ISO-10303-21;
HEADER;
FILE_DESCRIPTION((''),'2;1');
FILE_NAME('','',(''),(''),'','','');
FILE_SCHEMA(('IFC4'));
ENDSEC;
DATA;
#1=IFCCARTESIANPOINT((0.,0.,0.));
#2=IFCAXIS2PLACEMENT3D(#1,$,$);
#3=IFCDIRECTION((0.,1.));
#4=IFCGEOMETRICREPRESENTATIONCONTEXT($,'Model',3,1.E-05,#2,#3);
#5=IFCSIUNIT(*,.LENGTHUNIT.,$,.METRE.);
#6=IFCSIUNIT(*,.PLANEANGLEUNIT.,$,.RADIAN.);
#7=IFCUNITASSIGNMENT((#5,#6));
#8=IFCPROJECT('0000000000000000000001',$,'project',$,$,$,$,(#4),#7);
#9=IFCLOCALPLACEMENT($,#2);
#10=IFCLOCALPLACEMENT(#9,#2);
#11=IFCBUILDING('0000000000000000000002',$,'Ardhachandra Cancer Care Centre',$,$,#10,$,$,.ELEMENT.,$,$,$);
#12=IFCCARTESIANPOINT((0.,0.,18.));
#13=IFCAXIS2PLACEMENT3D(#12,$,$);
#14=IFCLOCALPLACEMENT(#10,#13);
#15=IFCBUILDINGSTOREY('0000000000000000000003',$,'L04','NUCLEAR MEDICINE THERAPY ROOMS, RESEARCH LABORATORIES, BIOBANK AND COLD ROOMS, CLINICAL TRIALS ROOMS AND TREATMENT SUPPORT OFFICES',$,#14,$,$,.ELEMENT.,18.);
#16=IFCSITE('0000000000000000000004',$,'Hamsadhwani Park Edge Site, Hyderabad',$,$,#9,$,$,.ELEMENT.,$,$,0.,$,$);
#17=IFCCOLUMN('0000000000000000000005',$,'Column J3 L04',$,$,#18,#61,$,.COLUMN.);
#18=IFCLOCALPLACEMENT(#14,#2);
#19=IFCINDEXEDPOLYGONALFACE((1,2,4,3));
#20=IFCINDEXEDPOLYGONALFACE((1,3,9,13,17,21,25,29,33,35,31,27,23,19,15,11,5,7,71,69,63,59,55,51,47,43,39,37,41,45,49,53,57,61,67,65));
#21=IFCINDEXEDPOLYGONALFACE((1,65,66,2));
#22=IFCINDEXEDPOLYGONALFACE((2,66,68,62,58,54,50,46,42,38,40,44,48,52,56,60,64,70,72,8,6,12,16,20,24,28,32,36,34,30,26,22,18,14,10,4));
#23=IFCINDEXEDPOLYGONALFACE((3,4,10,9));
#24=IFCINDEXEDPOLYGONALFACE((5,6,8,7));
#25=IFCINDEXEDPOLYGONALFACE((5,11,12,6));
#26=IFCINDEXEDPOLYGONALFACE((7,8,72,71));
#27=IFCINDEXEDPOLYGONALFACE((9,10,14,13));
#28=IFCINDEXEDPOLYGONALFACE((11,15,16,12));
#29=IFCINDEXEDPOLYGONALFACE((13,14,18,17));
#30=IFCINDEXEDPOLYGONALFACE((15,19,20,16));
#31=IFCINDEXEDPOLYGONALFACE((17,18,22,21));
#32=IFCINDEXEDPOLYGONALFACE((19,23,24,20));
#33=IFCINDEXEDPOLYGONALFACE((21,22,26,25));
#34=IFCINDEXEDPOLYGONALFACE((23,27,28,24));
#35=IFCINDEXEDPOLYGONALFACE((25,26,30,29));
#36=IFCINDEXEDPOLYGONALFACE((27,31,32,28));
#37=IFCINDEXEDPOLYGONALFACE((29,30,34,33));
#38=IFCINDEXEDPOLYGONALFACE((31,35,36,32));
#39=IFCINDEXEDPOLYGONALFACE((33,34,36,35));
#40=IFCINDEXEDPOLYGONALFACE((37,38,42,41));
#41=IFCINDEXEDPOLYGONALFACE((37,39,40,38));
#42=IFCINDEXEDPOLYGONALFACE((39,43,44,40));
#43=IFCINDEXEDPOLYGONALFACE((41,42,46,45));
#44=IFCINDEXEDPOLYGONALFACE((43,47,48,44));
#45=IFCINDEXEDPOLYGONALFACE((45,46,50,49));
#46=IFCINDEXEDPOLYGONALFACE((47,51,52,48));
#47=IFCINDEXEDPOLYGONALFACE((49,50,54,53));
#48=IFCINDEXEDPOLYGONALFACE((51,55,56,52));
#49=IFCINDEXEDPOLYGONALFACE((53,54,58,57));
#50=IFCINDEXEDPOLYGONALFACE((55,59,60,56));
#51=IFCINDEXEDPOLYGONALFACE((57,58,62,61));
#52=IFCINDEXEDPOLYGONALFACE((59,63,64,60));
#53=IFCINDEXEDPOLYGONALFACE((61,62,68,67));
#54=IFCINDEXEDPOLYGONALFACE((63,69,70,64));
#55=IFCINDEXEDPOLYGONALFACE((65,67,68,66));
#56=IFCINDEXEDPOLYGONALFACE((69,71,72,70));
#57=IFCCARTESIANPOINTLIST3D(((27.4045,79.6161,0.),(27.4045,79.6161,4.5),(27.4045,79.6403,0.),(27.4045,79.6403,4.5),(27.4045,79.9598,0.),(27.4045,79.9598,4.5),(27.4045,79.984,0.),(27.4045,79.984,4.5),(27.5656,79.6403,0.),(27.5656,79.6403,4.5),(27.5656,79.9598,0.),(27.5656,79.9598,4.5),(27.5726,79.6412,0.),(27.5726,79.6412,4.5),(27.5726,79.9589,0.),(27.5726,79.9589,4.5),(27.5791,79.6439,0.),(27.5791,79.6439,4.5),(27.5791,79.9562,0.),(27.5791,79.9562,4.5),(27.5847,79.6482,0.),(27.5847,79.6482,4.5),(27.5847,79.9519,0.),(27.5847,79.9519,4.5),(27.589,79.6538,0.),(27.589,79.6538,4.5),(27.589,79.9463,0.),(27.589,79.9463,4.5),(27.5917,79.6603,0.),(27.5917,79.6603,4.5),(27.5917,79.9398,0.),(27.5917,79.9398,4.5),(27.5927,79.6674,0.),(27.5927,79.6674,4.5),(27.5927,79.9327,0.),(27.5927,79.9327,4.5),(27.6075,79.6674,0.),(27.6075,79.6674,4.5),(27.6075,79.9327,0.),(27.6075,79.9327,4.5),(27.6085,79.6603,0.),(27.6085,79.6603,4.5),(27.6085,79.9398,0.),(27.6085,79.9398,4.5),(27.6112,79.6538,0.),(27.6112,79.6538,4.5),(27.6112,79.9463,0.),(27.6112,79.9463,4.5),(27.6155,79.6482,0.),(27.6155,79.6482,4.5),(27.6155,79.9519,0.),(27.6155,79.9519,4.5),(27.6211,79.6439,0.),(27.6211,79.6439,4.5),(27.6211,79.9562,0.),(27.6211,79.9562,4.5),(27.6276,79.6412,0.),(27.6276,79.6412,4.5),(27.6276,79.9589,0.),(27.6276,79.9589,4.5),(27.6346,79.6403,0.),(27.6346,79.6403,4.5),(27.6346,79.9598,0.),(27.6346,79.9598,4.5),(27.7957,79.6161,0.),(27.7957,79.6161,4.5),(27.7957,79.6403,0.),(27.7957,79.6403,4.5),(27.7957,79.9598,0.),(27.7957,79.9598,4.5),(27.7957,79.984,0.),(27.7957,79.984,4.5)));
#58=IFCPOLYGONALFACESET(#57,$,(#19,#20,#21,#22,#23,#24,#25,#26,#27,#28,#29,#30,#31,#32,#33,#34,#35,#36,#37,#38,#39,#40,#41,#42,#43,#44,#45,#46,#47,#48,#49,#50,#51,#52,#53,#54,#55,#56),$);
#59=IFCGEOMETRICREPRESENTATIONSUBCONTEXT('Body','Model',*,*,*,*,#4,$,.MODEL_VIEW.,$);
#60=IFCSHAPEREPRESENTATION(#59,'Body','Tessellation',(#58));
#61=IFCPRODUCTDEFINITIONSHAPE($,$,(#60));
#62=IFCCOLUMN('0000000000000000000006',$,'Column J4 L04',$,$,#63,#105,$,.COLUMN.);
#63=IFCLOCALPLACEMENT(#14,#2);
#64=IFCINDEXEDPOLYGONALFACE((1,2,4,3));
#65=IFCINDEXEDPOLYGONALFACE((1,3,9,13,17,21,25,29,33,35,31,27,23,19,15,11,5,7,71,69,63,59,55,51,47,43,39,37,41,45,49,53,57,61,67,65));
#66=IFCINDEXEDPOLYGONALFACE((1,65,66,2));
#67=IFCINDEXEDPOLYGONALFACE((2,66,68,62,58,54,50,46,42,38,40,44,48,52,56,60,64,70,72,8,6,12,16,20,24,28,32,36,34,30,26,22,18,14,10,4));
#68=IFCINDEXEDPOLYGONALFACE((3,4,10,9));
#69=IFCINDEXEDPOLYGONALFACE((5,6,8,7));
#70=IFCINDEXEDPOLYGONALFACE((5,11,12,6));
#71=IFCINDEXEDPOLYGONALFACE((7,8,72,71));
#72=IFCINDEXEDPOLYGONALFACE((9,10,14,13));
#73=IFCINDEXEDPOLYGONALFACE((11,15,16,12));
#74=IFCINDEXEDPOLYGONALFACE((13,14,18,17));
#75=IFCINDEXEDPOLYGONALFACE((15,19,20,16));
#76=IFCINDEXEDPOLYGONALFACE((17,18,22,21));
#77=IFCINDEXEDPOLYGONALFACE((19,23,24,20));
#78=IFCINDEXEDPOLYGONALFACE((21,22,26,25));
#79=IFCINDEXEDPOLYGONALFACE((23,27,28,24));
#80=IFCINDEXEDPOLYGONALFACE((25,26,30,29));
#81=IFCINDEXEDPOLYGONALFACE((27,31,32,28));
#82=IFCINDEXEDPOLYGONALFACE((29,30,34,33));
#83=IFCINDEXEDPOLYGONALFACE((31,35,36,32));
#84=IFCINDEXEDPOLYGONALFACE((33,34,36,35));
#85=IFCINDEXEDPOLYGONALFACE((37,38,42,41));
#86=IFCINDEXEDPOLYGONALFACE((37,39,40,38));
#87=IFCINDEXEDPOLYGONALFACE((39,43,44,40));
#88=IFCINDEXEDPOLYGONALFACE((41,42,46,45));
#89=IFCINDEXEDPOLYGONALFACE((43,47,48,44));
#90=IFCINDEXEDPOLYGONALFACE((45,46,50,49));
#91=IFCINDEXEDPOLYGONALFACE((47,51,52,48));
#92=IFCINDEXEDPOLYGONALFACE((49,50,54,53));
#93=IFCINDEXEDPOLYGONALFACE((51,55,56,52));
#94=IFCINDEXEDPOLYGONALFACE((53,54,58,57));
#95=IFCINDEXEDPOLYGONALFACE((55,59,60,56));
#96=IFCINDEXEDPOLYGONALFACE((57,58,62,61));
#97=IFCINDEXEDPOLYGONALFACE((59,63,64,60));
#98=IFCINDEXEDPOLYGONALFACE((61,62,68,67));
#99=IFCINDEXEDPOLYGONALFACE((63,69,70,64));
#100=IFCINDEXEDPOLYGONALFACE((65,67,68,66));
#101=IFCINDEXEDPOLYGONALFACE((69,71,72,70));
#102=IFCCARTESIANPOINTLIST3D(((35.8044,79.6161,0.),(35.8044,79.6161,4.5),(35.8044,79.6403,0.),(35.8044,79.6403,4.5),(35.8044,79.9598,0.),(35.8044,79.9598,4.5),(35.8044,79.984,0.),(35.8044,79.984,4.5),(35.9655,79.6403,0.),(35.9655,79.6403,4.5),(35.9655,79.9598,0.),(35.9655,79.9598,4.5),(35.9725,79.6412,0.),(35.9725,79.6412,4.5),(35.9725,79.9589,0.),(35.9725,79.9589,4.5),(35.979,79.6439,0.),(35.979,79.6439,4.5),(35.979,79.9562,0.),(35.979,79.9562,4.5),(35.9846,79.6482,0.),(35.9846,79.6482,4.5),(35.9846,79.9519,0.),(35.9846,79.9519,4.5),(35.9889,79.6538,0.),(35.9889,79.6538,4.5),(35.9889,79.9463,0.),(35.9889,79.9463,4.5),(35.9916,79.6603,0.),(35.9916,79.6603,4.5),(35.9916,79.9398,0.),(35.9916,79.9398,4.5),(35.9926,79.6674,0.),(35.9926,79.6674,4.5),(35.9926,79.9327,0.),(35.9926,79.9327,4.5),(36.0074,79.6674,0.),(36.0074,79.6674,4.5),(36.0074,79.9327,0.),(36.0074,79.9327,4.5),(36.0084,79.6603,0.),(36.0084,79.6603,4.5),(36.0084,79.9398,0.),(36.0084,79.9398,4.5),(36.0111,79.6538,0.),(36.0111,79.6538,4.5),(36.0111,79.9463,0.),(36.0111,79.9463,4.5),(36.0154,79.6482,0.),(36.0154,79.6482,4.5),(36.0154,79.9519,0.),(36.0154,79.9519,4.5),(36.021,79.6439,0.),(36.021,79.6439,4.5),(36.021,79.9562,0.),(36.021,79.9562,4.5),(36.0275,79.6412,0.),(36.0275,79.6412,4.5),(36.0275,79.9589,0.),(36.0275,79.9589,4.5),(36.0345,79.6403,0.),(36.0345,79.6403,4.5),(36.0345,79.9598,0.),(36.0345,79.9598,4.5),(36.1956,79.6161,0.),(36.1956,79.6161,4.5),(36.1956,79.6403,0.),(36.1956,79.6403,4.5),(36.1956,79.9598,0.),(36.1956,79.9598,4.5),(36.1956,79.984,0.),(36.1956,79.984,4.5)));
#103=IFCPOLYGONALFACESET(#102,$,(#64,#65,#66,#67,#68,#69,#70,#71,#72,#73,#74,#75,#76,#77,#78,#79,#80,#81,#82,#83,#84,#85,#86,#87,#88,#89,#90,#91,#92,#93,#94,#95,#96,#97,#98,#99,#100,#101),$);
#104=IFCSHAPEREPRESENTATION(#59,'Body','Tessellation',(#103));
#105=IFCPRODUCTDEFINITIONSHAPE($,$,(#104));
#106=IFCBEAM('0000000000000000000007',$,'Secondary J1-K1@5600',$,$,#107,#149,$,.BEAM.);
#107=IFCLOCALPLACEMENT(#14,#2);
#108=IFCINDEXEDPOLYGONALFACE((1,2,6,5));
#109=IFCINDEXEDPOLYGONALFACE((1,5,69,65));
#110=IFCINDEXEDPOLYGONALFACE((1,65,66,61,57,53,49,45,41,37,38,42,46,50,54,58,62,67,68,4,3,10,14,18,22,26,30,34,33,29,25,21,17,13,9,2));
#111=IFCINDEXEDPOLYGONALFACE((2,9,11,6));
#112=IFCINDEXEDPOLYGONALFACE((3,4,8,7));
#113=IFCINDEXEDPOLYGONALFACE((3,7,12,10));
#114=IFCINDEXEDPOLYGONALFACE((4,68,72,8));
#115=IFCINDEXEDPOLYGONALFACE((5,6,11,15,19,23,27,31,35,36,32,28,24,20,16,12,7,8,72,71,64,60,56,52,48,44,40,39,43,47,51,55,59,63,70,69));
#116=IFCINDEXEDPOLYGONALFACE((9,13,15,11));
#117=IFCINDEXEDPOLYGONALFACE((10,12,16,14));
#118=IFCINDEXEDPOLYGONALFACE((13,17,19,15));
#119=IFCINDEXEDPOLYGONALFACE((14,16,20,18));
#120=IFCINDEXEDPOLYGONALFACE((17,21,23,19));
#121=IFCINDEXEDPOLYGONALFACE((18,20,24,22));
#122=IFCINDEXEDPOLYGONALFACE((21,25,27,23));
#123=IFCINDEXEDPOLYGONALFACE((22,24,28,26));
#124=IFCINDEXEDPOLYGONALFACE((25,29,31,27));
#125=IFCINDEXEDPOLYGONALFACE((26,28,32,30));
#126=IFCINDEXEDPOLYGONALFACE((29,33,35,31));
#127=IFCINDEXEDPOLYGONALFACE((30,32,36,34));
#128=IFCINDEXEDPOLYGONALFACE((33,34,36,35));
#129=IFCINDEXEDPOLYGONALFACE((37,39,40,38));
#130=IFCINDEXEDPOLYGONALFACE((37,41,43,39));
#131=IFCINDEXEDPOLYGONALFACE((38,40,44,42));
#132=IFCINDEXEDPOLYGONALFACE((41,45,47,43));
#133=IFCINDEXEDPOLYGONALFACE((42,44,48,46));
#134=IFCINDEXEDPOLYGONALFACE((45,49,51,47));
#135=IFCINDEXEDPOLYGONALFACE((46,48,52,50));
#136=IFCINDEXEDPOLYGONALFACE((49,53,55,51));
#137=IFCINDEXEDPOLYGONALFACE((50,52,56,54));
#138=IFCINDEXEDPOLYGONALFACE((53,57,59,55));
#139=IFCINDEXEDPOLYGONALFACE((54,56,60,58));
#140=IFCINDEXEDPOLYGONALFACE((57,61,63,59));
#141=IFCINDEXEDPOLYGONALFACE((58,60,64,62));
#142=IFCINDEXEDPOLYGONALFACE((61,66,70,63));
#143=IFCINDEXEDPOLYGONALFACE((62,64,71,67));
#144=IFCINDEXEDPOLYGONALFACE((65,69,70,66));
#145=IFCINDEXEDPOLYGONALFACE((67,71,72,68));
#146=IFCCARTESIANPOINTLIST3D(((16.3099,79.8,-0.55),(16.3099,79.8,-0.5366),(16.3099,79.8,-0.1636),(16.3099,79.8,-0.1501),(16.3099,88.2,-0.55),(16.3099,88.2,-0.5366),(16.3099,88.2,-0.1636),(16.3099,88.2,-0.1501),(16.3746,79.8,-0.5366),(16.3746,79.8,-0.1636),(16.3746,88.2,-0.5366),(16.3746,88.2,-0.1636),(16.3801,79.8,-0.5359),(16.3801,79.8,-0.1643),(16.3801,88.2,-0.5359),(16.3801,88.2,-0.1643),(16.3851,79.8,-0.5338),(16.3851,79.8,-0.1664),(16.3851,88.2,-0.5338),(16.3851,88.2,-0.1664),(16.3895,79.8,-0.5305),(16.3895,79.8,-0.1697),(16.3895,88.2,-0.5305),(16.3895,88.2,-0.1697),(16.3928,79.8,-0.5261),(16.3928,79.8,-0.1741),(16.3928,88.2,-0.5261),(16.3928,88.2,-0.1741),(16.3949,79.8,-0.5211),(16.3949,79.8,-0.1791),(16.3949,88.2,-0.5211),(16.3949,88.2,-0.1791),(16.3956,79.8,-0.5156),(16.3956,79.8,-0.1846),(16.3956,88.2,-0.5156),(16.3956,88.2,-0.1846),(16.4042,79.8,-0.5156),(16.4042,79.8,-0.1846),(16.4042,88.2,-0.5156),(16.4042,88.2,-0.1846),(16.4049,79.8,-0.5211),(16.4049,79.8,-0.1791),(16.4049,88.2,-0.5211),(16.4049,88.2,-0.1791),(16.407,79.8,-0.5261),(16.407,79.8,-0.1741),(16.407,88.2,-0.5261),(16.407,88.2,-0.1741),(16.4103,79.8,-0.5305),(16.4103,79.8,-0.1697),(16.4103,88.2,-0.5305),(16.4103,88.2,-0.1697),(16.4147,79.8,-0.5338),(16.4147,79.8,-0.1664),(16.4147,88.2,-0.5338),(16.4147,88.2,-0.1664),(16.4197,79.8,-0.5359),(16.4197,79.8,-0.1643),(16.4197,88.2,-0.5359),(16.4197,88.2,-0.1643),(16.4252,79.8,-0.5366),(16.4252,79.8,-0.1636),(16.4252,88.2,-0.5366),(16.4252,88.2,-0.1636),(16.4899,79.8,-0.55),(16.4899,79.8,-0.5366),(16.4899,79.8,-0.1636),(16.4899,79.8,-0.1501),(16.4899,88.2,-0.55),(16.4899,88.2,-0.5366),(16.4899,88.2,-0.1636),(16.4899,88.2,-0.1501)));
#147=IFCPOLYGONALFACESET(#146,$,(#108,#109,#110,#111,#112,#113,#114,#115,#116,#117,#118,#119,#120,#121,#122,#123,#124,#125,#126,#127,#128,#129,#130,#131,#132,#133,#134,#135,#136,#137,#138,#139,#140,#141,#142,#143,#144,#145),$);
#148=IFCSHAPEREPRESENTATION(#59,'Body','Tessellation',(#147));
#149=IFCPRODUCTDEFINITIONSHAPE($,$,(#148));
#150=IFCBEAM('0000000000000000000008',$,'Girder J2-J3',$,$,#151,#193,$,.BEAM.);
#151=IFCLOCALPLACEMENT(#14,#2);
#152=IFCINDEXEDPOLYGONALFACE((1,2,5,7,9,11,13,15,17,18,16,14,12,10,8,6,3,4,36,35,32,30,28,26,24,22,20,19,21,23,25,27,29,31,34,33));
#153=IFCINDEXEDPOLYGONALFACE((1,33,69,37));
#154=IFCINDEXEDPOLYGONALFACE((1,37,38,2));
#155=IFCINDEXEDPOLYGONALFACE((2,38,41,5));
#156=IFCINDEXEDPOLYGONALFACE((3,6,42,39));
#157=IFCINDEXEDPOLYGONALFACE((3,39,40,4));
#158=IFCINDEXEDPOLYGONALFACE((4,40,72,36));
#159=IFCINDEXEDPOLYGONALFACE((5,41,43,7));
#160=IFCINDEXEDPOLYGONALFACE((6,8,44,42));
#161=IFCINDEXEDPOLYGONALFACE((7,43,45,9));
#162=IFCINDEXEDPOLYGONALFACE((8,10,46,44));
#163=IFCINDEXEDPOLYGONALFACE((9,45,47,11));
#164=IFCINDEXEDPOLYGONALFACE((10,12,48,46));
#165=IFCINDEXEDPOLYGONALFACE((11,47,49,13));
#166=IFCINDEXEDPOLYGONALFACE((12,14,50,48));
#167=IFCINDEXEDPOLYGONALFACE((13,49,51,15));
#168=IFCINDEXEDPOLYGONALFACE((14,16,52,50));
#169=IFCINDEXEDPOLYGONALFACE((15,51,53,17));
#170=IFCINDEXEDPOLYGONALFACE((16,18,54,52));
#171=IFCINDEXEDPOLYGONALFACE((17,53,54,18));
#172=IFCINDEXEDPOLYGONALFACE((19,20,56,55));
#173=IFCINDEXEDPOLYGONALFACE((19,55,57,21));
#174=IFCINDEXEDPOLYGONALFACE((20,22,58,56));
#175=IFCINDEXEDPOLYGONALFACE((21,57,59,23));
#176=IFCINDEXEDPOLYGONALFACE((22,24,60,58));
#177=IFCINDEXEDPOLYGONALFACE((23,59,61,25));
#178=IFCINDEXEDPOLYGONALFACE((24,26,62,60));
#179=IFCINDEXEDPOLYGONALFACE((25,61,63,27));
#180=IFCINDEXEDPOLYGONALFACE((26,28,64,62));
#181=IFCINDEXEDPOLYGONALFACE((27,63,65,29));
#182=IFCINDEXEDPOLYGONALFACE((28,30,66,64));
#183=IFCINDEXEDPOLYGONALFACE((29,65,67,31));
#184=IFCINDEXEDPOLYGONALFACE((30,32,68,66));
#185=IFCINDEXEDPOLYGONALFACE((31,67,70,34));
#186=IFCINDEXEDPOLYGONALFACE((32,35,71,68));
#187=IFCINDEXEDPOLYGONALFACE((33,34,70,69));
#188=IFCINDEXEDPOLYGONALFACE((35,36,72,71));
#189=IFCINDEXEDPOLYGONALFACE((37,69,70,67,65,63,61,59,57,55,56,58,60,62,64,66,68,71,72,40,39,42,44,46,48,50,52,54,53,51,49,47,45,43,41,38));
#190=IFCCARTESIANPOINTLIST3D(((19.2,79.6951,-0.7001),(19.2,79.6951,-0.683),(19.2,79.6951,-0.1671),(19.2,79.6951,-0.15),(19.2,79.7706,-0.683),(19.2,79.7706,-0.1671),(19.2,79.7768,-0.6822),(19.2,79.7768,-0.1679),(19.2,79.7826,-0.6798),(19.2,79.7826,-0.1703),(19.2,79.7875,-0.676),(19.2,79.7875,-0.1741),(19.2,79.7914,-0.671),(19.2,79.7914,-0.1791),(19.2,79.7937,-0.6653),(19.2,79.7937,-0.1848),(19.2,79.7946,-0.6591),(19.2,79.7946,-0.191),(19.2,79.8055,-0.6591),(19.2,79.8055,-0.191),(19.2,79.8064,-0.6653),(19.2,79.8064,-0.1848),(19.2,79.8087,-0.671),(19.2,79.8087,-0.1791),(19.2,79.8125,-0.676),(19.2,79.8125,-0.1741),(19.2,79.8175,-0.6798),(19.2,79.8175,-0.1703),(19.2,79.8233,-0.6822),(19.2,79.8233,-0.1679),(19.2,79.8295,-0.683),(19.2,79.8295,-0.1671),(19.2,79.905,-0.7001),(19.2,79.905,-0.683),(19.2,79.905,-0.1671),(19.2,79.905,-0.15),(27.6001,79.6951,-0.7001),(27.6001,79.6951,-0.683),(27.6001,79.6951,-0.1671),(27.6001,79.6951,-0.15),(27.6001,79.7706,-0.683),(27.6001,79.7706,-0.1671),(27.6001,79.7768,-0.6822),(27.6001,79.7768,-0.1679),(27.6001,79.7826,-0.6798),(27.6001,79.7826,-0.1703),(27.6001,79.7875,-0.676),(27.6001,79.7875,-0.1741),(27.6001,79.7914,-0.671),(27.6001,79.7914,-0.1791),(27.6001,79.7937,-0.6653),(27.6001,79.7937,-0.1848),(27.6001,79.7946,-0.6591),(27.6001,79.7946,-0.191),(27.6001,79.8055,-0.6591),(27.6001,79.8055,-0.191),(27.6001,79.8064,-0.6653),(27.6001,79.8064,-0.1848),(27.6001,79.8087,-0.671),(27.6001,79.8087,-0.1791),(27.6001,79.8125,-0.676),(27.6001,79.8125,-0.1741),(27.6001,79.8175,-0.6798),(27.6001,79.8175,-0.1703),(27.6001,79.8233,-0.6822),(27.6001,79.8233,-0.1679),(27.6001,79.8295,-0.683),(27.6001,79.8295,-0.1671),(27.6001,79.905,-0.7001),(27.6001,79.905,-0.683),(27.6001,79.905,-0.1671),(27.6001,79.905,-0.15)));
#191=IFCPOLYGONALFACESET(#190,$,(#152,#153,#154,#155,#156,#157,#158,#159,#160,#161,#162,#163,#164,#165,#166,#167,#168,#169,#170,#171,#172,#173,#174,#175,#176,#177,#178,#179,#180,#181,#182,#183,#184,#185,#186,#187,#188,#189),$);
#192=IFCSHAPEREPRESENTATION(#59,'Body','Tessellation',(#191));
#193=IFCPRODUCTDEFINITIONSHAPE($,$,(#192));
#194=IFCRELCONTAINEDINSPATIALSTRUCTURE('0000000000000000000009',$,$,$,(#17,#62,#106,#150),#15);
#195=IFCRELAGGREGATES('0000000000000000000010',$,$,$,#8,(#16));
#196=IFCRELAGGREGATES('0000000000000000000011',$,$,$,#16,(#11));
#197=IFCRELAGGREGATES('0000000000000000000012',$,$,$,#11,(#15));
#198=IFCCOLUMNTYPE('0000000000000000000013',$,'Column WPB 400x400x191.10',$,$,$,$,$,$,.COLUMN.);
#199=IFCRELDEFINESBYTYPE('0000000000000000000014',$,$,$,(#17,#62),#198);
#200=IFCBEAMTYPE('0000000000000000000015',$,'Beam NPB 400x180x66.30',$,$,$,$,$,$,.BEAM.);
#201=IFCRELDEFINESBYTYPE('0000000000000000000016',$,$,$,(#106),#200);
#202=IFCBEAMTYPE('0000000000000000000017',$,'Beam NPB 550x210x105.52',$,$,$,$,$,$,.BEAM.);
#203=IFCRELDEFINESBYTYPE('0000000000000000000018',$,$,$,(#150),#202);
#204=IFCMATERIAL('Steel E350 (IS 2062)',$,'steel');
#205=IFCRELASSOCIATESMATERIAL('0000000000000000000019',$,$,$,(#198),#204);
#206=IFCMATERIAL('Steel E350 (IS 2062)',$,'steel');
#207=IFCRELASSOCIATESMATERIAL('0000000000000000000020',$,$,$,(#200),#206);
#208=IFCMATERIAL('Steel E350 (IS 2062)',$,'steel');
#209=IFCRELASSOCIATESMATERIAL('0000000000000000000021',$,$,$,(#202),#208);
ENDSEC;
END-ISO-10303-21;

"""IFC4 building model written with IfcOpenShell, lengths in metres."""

from ifc_helpers import new_model, si_unit, direction, frame, origin, origin_2d, place, context, subcontext, project, spatial, i_section, extrude, material, material_profile, profile_set, type_object, element, save


model = new_model("IFC4")

# Units and contexts
model_context = context("Model", 3, precision=1e-05, world=origin(), true_north=direction((0.0, 1.0)))
body_context = subcontext(model_context, "Body", "Model", "MODEL_VIEW")
ifc_project = project(units=[si_unit("LENGTHUNIT", "METRE"), si_unit("PLANEANGLEUNIT", "RADIAN")], contexts=[model_context])

# Site, building, storey
site_placement = place(None, origin())
site = spatial("IfcSite", under=ifc_project, at=site_placement, Name="Hamsadhwani Park Edge Site, Hyderabad", CompositionType="ELEMENT", RefElevation=0.0)
building_placement = place(site_placement, origin())
building = spatial("IfcBuilding", under=site, at=building_placement, Name="Ardhachandra Cancer Care Centre", CompositionType="ELEMENT")
storey_placement = place(building_placement, frame((0.0, 0.0, 18.0)))
storey = spatial("IfcBuildingStorey", under=building, at=storey_placement, Name="L04", Description="NUCLEAR MEDICINE THERAPY ROOMS, RESEARCH LABORATORIES, BIOBANK AND COLD ROOMS, CLINICAL TRIALS ROOMS AND TREATMENT SUPPORT OFFICES", CompositionType="ELEMENT", Elevation=18.0)

# Columns
ifc_material_1 = material(Name="Steel E350 (IS 2062)", Category="steel")
ifc_material_profile_1 = material_profile(ifc_material_1, i_section(OverallWidth=0.3911, OverallDepth=0.3679, WebThickness=0.0149, FlangeThickness=0.0242, FilletRadius=0.0271, at=origin_2d()), Name="WPB 400x400x191.10")
ifc_profile_set_1 = profile_set([ifc_material_profile_1], Name="Steel E350 (IS 2062)")
column_type = type_object("IfcColumnType", Name="Column WPB 400x400x191.10", PredefinedType="COLUMN", material=ifc_profile_set_1)
for number, where, z_axis, x_axis, name in (
    (1, (27.6001, 79.8, 0.0), (0.0, 0.0, 1.0), (1.0, 0.0, 0.0), "Column J3 L04"),
    (2, (36.0, 79.8, 0.0), (0.0, 0.0, 1.0), (1.0, 0.0, 0.0), "Column J4 L04"),
):
    element("IfcColumn", number, at=place(storey_placement, frame(where, z_axis=z_axis, x_axis=x_axis)), inside=storey, type_object=column_type, Name=name, PredefinedType="COLUMN", context=body_context, shape_type="SweptSolid", body=[
        extrude(i_section(OverallWidth=0.3911, OverallDepth=0.3679, WebThickness=0.0149, FlangeThickness=0.0242, FilletRadius=0.0271, at=origin_2d()), origin(), (0.0, 0.0, 1.0), 4.5),
    ])

# Beams
ifc_material_2 = material(Name="Steel E350 (IS 2062)", Category="steel")
ifc_material_profile_2 = material_profile(ifc_material_2, i_section(OverallWidth=0.1799, OverallDepth=0.3999, WebThickness=0.0085, FlangeThickness=0.0134, FilletRadius=0.021, at=origin_2d()), Name="NPB 400x180x66.30")
ifc_profile_set_2 = profile_set([ifc_material_profile_2], Name="Steel E350 (IS 2062)")
beam_type_1 = type_object("IfcBeamType", Name="Beam NPB 400x180x66.30", PredefinedType="BEAM", material=ifc_profile_set_2)
beam_1_placement = place(storey_placement, frame((16.3999, 79.8, -0.3501), z_axis=(0.0, 1.0, 0.0), x_axis=(-1.0, 0.0, 0.0)))
element("IfcBeam", 3, at=beam_1_placement, inside=storey, type_object=beam_type_1, Name="Secondary J1-K1@5600", PredefinedType="BEAM", context=body_context, shape_type="SweptSolid", body=[
    extrude(i_section(OverallWidth=0.1799, OverallDepth=0.3999, WebThickness=0.0085, FlangeThickness=0.0134, FilletRadius=0.021, at=origin_2d()), origin(), (0.0, 0.0, 1.0), 8.3999),
])
ifc_material_3 = material(Name="Steel E350 (IS 2062)", Category="steel")
ifc_material_profile_3 = material_profile(ifc_material_3, i_section(OverallWidth=0.21, OverallDepth=0.55, WebThickness=0.011, FlangeThickness=0.0171, FilletRadius=0.0239, at=origin_2d()), Name="NPB 550x210x105.52")
ifc_profile_set_3 = profile_set([ifc_material_profile_3], Name="Steel E350 (IS 2062)")
beam_type_2 = type_object("IfcBeamType", Name="Beam NPB 550x210x105.52", PredefinedType="BEAM", material=ifc_profile_set_3)
beam_2_placement = place(storey_placement, frame((19.2, 79.8, -0.425), z_axis=(1.0, 0.0, 0.0), x_axis=(0.0, 1.0, 0.0)))
element("IfcBeam", 4, at=beam_2_placement, inside=storey, type_object=beam_type_2, Name="Girder J2-J3", PredefinedType="BEAM", context=body_context, shape_type="SweptSolid", body=[
    extrude(i_section(OverallWidth=0.21, OverallDepth=0.55, WebThickness=0.011, FlangeThickness=0.0171, FilletRadius=0.0239, at=origin_2d()), origin(), (0.0, 0.0, 1.0), 8.4001),
])

save(model, "model.ifc")
